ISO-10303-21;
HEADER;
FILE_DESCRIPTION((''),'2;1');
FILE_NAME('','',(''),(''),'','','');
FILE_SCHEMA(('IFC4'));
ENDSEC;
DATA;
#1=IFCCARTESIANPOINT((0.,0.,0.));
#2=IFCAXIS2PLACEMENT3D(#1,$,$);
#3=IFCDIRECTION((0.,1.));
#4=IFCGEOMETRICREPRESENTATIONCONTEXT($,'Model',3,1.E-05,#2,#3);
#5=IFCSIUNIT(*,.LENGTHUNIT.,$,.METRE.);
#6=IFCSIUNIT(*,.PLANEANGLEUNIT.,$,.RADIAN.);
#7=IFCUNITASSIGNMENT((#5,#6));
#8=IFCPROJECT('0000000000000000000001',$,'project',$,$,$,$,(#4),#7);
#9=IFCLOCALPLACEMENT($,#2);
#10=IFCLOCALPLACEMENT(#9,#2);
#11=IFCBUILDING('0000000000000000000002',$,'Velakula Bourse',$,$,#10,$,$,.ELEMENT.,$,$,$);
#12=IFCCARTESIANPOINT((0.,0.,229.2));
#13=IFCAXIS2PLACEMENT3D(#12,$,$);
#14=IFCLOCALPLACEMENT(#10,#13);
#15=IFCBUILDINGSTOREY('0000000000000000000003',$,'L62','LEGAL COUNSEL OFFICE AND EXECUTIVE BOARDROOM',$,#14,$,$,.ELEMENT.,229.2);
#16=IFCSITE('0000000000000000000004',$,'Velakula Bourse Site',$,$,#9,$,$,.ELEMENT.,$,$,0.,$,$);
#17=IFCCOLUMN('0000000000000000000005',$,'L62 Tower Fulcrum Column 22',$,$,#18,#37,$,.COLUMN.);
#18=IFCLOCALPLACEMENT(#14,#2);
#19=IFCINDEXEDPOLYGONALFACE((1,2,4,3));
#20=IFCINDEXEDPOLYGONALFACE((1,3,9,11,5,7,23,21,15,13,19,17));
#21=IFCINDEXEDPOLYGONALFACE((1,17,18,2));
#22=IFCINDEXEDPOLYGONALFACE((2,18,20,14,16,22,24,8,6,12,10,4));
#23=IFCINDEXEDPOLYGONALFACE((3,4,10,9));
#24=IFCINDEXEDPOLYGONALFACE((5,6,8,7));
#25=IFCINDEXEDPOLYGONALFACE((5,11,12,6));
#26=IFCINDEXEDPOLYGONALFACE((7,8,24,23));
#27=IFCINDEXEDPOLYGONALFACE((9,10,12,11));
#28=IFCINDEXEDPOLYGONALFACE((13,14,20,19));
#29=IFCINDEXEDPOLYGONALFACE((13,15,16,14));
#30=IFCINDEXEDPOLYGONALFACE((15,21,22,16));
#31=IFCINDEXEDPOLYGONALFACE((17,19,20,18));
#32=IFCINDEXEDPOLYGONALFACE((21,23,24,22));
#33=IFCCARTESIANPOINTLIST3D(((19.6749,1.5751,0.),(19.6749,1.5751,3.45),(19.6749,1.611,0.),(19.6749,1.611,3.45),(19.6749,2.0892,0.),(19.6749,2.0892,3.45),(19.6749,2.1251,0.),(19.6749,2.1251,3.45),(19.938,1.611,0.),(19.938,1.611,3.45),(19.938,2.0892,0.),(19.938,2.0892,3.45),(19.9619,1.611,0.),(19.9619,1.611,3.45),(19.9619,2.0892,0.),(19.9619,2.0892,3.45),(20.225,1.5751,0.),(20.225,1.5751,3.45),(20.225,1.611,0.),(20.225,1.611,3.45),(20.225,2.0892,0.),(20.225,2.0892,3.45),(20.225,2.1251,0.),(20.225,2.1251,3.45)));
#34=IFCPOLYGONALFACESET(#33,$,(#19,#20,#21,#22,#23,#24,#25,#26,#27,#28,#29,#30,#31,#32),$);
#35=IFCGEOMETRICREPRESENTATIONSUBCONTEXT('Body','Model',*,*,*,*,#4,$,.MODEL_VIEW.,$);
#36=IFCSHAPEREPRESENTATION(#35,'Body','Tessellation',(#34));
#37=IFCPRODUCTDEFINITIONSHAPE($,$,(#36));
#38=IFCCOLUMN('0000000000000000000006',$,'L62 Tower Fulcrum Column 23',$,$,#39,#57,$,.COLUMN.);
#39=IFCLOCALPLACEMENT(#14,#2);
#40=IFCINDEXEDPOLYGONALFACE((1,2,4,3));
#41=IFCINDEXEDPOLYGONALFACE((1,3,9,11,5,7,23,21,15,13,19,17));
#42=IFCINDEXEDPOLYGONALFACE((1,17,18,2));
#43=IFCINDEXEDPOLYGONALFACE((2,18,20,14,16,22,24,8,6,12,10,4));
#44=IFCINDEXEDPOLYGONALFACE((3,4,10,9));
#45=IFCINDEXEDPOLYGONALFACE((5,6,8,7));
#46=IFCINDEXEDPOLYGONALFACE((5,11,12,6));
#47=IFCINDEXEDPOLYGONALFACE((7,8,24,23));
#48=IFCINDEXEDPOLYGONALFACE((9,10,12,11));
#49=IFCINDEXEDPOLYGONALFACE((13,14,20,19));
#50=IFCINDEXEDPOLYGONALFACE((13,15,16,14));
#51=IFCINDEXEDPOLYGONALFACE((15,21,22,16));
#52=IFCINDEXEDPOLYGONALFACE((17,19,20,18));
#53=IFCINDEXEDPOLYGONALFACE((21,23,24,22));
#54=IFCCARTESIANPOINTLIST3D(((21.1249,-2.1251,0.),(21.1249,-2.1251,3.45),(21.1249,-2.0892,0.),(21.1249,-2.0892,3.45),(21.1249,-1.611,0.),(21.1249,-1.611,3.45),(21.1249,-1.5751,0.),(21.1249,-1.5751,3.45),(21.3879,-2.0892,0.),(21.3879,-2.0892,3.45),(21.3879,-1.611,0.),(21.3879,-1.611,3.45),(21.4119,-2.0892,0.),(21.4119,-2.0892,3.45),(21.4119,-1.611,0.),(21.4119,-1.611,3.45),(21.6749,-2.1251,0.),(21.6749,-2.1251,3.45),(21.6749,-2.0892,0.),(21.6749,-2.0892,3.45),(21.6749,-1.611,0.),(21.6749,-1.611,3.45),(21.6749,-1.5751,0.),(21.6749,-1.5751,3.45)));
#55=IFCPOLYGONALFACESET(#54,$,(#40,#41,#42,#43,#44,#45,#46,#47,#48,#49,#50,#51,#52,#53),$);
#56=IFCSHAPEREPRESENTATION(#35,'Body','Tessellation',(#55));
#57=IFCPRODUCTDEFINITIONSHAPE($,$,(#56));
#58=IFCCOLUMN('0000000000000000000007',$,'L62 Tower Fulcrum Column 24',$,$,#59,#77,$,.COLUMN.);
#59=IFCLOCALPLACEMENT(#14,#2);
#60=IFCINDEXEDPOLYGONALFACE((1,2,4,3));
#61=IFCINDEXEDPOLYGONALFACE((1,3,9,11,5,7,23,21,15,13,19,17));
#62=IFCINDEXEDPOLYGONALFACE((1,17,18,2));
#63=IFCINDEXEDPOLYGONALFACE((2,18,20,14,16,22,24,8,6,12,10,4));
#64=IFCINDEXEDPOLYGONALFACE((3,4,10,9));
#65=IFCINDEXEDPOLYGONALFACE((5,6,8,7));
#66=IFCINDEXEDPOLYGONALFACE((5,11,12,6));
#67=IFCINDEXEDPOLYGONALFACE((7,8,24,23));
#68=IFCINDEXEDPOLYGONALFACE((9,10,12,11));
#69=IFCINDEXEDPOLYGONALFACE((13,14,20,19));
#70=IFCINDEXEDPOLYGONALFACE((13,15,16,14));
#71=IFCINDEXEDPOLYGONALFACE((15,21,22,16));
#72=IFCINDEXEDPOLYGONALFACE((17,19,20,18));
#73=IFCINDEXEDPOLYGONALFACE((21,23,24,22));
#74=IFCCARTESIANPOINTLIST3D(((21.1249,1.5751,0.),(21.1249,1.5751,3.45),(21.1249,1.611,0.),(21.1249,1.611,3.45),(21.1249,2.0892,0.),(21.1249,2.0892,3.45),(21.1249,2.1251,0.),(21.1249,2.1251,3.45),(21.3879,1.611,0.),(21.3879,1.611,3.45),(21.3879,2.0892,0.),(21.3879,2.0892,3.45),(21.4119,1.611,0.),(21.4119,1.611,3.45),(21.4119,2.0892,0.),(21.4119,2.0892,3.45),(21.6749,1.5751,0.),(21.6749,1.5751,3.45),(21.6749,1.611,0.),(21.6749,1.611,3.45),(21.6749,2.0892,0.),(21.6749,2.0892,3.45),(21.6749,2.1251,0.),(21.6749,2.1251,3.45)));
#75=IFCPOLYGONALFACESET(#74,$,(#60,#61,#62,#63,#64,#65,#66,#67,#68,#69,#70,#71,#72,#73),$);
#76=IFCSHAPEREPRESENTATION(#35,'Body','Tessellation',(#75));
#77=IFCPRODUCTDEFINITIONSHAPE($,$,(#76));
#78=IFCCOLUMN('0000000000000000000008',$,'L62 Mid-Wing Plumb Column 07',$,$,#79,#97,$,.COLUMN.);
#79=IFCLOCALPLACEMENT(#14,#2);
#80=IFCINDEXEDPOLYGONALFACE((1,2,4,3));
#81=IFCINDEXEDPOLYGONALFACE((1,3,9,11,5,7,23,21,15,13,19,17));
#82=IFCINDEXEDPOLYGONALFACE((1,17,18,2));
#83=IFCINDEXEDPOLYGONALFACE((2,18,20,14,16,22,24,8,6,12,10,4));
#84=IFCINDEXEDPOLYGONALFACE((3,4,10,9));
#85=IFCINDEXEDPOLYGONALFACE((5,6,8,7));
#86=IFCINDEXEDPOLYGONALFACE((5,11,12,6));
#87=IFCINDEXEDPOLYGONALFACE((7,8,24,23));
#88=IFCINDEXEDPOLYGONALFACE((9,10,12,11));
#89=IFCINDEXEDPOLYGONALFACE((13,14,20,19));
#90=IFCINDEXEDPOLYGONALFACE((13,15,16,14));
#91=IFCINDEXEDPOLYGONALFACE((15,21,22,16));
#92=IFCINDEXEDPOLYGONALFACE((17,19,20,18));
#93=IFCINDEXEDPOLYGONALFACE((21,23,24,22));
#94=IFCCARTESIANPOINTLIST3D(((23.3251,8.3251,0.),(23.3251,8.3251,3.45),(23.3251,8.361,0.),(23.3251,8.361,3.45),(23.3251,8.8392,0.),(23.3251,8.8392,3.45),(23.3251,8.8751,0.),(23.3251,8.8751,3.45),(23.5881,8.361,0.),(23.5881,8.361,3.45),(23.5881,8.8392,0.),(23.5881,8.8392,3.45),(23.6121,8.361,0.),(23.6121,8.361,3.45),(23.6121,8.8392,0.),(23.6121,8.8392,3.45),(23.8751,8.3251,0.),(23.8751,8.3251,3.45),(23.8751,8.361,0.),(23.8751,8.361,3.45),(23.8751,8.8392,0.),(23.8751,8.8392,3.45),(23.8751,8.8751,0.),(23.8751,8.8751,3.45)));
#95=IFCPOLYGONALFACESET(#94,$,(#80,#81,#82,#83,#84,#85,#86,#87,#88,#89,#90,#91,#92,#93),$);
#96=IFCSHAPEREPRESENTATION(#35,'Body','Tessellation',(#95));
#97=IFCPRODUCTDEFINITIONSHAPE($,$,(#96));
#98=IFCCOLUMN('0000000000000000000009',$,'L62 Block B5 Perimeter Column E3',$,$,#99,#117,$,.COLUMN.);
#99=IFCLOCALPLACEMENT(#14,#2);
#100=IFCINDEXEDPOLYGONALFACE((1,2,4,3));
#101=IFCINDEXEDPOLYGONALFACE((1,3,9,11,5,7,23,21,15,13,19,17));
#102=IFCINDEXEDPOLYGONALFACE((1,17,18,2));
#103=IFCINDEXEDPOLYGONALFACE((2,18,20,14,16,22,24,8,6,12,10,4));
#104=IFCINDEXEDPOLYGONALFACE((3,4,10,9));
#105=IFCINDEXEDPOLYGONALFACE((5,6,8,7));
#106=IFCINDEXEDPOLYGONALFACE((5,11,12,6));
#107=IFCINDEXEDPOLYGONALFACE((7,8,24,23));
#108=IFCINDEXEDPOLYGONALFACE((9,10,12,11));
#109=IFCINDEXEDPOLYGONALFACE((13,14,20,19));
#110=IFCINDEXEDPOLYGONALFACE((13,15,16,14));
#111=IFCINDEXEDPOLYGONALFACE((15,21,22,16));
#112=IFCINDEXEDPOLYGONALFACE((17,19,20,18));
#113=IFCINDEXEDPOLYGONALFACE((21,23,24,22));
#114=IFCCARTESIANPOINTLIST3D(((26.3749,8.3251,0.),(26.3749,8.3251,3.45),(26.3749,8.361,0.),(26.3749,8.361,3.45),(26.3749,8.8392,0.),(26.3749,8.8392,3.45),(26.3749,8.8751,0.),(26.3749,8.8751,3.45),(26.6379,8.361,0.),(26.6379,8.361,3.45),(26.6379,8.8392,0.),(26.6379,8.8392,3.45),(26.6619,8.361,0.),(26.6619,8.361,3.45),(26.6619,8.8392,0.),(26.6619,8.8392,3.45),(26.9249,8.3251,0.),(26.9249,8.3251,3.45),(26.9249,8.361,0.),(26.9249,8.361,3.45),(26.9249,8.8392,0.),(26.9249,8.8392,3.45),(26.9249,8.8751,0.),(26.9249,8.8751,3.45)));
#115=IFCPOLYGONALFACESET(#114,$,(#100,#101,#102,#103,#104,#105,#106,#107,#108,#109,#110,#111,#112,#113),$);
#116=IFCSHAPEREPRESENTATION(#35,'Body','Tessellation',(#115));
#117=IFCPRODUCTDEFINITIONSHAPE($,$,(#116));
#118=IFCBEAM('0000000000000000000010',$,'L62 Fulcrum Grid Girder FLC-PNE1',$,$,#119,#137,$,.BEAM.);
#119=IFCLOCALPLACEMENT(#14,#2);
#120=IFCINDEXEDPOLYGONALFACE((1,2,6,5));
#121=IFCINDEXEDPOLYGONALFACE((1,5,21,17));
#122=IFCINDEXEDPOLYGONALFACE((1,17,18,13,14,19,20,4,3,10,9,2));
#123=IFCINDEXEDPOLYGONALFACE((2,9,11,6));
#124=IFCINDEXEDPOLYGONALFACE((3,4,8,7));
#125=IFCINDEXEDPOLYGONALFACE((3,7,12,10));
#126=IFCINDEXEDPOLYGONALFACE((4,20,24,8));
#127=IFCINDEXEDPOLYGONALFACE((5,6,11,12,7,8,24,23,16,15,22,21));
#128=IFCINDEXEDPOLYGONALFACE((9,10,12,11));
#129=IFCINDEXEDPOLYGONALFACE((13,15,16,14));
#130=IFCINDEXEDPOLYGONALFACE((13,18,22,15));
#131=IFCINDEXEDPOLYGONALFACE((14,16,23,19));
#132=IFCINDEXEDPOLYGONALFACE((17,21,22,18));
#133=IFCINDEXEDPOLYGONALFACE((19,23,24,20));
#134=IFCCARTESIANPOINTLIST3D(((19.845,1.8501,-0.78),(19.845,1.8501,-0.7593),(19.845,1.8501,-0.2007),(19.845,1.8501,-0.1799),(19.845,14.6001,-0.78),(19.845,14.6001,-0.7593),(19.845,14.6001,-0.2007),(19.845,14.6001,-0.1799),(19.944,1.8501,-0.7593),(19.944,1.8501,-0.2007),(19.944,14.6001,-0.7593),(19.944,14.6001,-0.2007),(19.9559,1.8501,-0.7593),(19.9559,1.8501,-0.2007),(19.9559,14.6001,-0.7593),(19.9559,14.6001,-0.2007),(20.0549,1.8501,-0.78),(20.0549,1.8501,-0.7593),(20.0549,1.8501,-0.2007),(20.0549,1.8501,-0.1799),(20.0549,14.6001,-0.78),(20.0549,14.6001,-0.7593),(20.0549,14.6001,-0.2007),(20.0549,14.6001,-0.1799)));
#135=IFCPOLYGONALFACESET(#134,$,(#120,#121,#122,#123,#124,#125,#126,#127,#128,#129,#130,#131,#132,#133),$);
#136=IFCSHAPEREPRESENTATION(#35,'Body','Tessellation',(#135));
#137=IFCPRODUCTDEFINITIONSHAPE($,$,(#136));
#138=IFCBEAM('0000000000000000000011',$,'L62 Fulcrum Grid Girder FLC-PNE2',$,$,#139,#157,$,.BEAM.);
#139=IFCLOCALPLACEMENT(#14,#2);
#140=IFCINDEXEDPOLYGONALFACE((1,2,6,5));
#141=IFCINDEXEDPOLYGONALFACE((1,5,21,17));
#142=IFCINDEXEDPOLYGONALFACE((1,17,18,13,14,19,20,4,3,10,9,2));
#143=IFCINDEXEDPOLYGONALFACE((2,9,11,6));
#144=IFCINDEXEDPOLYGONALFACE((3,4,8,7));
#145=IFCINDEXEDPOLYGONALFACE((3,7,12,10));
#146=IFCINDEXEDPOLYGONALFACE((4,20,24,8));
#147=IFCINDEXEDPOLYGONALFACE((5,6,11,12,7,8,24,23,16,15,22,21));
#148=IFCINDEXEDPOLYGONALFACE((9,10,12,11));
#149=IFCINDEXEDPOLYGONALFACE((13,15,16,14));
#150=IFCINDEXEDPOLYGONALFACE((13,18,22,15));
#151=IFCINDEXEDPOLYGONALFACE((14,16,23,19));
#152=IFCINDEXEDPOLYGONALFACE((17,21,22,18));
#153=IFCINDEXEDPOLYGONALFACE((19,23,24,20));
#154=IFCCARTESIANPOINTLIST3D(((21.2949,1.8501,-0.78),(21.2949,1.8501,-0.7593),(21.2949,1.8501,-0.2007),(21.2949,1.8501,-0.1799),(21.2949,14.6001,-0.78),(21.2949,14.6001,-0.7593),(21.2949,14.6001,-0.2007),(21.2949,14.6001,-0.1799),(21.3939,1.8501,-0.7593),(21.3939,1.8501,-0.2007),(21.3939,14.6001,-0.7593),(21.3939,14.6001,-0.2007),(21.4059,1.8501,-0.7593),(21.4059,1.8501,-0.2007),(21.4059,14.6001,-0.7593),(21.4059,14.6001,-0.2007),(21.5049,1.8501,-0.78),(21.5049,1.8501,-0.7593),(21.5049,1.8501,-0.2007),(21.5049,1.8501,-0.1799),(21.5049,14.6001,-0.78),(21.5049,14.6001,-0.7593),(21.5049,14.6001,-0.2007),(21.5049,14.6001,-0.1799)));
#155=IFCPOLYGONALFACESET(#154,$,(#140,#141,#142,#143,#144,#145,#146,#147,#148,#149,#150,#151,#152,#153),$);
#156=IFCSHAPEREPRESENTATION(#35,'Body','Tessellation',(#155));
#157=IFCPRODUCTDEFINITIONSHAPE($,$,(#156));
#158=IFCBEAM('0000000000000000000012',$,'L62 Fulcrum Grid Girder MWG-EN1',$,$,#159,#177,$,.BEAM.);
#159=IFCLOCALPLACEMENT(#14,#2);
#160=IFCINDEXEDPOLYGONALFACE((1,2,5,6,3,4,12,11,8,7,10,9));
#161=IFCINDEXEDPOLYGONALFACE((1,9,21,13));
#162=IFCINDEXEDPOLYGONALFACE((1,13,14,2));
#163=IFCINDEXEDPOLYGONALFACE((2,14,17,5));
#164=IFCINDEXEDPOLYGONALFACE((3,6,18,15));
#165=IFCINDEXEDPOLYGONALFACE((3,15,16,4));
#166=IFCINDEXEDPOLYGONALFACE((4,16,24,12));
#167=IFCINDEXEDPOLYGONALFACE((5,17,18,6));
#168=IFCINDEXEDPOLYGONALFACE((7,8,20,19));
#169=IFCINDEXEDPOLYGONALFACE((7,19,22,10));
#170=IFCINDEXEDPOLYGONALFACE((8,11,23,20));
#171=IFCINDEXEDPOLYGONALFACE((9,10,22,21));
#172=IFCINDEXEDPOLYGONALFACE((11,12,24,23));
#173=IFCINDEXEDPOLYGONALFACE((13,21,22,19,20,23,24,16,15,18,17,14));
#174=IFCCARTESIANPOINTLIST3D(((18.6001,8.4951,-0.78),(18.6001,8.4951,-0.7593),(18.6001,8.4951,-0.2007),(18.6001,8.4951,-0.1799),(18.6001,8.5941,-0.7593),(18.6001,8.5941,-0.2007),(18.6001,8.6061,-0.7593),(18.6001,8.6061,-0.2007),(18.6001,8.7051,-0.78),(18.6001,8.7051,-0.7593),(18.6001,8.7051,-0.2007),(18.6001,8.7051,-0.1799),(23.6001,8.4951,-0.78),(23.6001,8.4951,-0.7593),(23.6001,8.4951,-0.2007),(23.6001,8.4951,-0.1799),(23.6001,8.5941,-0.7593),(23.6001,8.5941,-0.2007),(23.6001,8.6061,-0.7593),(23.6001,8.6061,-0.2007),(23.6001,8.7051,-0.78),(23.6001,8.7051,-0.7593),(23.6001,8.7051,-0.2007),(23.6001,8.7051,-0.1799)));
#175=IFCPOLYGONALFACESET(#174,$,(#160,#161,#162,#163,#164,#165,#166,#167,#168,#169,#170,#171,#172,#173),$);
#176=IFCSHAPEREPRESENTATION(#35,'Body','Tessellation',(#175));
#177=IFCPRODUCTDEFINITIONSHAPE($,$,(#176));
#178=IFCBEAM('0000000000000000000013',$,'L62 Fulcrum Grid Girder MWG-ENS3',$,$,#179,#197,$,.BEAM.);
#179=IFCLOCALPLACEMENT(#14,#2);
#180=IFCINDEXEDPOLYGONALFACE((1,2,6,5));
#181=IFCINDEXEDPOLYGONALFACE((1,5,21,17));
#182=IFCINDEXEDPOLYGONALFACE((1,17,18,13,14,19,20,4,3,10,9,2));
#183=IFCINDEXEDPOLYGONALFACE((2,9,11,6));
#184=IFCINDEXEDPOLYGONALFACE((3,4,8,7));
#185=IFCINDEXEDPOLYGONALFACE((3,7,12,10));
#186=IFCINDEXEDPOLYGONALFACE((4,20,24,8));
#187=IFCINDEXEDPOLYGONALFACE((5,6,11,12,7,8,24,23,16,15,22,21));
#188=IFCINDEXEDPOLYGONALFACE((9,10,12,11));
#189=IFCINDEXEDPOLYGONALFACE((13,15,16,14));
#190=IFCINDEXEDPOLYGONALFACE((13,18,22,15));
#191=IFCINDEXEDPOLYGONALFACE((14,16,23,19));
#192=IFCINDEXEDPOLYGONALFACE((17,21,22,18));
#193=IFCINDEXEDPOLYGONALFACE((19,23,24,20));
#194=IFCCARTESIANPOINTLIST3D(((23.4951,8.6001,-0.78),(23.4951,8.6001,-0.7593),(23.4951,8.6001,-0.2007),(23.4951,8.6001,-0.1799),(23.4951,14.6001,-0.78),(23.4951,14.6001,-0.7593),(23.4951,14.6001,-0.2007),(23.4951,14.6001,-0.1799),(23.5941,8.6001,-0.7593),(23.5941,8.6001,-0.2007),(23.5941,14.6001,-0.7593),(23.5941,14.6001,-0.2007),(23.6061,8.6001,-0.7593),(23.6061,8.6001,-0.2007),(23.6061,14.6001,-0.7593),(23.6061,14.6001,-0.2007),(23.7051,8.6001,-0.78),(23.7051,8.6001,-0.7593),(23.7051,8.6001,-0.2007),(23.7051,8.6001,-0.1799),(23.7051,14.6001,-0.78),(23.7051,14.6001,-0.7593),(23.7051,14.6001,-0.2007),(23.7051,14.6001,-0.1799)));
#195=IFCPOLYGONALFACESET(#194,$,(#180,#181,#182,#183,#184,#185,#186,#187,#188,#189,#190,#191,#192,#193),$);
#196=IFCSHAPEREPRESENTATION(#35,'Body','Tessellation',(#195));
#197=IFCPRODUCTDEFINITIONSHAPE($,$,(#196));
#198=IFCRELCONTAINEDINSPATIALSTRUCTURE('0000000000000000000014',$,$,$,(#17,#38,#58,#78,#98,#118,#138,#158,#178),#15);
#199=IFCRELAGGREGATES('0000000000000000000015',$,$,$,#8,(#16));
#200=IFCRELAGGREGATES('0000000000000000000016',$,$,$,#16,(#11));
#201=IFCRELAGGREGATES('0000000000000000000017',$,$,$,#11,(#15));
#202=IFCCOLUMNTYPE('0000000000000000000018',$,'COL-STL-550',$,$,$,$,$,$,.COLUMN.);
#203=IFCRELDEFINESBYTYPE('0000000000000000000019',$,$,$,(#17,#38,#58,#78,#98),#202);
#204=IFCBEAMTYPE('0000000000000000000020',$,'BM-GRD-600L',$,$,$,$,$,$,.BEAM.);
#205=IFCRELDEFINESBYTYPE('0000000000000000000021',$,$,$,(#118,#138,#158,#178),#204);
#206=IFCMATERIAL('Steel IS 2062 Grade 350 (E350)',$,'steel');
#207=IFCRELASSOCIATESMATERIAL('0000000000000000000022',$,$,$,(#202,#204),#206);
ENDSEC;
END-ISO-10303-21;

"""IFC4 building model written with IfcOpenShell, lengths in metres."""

from ifc_helpers import new_model, si_unit, direction, frame, origin, origin_2d, place, context, subcontext, project, spatial, i_section, extrude, material, material_profile, profile_set, type_object, element, save


model = new_model("IFC4")

# Units and contexts
model_context = context("Model", 3, precision=1e-05, world=origin(), true_north=direction((0.0, 1.0)))
body_context = subcontext(model_context, "Body", "Model", "MODEL_VIEW")
ifc_project = project(units=[si_unit("LENGTHUNIT", "METRE"), si_unit("PLANEANGLEUNIT", "RADIAN")], contexts=[model_context])

# Site, building, storey
site_placement = place(None, origin())
site = spatial("IfcSite", under=ifc_project, at=site_placement, Name="Velakula Bourse Site", CompositionType="ELEMENT", RefElevation=0.0)
building_placement = place(site_placement, origin())
building = spatial("IfcBuilding", under=site, at=building_placement, Name="Velakula Bourse", CompositionType="ELEMENT")
storey_placement = place(building_placement, frame((0.0, 0.0, 229.2)))
storey = spatial("IfcBuildingStorey", under=building, at=storey_placement, Name="L62", Description="LEGAL COUNSEL OFFICE AND EXECUTIVE BOARDROOM", CompositionType="ELEMENT", Elevation=229.2)

# Columns
ifc_material_1 = material(Name="Steel IS 2062 Grade 350 (E350)", Category="steel")
ifc_material_profile_1 = material_profile(ifc_material_1, i_section(OverallWidth=0.55, OverallDepth=0.55, WebThickness=0.0239, FlangeThickness=0.0359, at=origin_2d()), Name="Steel IS 2062 Grade 350 (E350)")
ifc_profile_set_1 = profile_set([ifc_material_profile_1], Name="Steel IS 2062 Grade 350 (E350)")
column_type = type_object("IfcColumnType", Name="COL-STL-550", PredefinedType="COLUMN", material=ifc_profile_set_1)
for number, where, z_axis, x_axis, name in (
    (1, (19.95, 1.8501, 0.0), (0.0, 0.0, 1.0), (1.0, 0.0, 0.0), "L62 Tower Fulcrum Column 22"),
    (2, (21.3999, -1.8501, 0.0), (0.0, 0.0, 1.0), (1.0, 0.0, 0.0), "L62 Tower Fulcrum Column 23"),
    (3, (21.3999, 1.8501, 0.0), (0.0, 0.0, 1.0), (1.0, 0.0, 0.0), "L62 Tower Fulcrum Column 24"),
    (4, (23.6001, 8.6001, 0.0), (0.0, 0.0, 1.0), (1.0, 0.0, 0.0), "L62 Mid-Wing Plumb Column 07"),
    (5, (26.6499, 8.6001, 0.0), (0.0, 0.0, 1.0), (1.0, 0.0, 0.0), "L62 Block B5 Perimeter Column E3"),
):
    element("IfcColumn", number, at=place(storey_placement, frame(where, z_axis=z_axis, x_axis=x_axis)), inside=storey, type_object=column_type, Name=name, PredefinedType="COLUMN", context=body_context, shape_type="SweptSolid", body=[
        extrude(i_section(OverallWidth=0.55, OverallDepth=0.55, WebThickness=0.0239, FlangeThickness=0.0359, at=origin_2d()), origin(), (0.0, 0.0, 1.0), 3.45),
    ])

# Beams
ifc_material_profile_2 = material_profile(ifc_material_1, i_section(OverallWidth=0.21, OverallDepth=0.6001, WebThickness=0.012, FlangeThickness=0.0208, at=origin_2d()), Name="Steel IS 2062 Grade 350 (E350)")
ifc_profile_set_2 = profile_set([ifc_material_profile_2], Name="Steel IS 2062 Grade 350 (E350)")
beam_type_1 = type_object("IfcBeamType", Name="BM-GRD-600L", PredefinedType="BEAM", material=ifc_profile_set_2)
for number, where, z_axis, x_axis, name in (
    (6, (19.95, 1.8501, -0.48), (0.0, 1.0, 0.0), (-1.0, 0.0, 0.0), "L62 Fulcrum Grid Girder FLC-PNE1"),
    (7, (21.3999, 1.8501, -0.48), (0.0, 1.0, 0.0), (-1.0, 0.0, 0.0), "L62 Fulcrum Grid Girder FLC-PNE2"),
):
    element("IfcBeam", number, at=place(storey_placement, frame(where, z_axis=z_axis, x_axis=x_axis)), inside=storey, type_object=beam_type_1, Name=name, PredefinedType="BEAM", context=body_context, shape_type="SweptSolid", body=[
        extrude(i_section(OverallWidth=0.21, OverallDepth=0.6001, WebThickness=0.012, FlangeThickness=0.0208, at=origin_2d()), origin(), (0.0, 0.0, 1.0), 12.75),
    ])
beam_1_placement = place(storey_placement, frame((18.6001, 8.6001, -0.48), z_axis=(1.0, 0.0, 0.0), x_axis=(0.0, 1.0, 0.0)))
element("IfcBeam", 8, at=beam_1_placement, inside=storey, type_object=beam_type_1, Name="L62 Fulcrum Grid Girder MWG-EN1", PredefinedType="BEAM", context=body_context, shape_type="SweptSolid", body=[
    extrude(i_section(OverallWidth=0.21, OverallDepth=0.6001, WebThickness=0.012, FlangeThickness=0.0208, at=origin_2d()), origin(), (0.0, 0.0, 1.0), 5.0),
])
beam_2_placement = place(storey_placement, frame((23.6001, 8.6001, -0.48), z_axis=(0.0, 1.0, 0.0), x_axis=(-1.0, 0.0, 0.0)))
element("IfcBeam", 9, at=beam_2_placement, inside=storey, type_object=beam_type_1, Name="L62 Fulcrum Grid Girder MWG-ENS3", PredefinedType="BEAM", context=body_context, shape_type="SweptSolid", body=[
    extrude(i_section(OverallWidth=0.21, OverallDepth=0.6001, WebThickness=0.012, FlangeThickness=0.0208, at=origin_2d()), origin(), (0.0, 0.0, 1.0), 6.0),
])

save(model, "model.ifc")
